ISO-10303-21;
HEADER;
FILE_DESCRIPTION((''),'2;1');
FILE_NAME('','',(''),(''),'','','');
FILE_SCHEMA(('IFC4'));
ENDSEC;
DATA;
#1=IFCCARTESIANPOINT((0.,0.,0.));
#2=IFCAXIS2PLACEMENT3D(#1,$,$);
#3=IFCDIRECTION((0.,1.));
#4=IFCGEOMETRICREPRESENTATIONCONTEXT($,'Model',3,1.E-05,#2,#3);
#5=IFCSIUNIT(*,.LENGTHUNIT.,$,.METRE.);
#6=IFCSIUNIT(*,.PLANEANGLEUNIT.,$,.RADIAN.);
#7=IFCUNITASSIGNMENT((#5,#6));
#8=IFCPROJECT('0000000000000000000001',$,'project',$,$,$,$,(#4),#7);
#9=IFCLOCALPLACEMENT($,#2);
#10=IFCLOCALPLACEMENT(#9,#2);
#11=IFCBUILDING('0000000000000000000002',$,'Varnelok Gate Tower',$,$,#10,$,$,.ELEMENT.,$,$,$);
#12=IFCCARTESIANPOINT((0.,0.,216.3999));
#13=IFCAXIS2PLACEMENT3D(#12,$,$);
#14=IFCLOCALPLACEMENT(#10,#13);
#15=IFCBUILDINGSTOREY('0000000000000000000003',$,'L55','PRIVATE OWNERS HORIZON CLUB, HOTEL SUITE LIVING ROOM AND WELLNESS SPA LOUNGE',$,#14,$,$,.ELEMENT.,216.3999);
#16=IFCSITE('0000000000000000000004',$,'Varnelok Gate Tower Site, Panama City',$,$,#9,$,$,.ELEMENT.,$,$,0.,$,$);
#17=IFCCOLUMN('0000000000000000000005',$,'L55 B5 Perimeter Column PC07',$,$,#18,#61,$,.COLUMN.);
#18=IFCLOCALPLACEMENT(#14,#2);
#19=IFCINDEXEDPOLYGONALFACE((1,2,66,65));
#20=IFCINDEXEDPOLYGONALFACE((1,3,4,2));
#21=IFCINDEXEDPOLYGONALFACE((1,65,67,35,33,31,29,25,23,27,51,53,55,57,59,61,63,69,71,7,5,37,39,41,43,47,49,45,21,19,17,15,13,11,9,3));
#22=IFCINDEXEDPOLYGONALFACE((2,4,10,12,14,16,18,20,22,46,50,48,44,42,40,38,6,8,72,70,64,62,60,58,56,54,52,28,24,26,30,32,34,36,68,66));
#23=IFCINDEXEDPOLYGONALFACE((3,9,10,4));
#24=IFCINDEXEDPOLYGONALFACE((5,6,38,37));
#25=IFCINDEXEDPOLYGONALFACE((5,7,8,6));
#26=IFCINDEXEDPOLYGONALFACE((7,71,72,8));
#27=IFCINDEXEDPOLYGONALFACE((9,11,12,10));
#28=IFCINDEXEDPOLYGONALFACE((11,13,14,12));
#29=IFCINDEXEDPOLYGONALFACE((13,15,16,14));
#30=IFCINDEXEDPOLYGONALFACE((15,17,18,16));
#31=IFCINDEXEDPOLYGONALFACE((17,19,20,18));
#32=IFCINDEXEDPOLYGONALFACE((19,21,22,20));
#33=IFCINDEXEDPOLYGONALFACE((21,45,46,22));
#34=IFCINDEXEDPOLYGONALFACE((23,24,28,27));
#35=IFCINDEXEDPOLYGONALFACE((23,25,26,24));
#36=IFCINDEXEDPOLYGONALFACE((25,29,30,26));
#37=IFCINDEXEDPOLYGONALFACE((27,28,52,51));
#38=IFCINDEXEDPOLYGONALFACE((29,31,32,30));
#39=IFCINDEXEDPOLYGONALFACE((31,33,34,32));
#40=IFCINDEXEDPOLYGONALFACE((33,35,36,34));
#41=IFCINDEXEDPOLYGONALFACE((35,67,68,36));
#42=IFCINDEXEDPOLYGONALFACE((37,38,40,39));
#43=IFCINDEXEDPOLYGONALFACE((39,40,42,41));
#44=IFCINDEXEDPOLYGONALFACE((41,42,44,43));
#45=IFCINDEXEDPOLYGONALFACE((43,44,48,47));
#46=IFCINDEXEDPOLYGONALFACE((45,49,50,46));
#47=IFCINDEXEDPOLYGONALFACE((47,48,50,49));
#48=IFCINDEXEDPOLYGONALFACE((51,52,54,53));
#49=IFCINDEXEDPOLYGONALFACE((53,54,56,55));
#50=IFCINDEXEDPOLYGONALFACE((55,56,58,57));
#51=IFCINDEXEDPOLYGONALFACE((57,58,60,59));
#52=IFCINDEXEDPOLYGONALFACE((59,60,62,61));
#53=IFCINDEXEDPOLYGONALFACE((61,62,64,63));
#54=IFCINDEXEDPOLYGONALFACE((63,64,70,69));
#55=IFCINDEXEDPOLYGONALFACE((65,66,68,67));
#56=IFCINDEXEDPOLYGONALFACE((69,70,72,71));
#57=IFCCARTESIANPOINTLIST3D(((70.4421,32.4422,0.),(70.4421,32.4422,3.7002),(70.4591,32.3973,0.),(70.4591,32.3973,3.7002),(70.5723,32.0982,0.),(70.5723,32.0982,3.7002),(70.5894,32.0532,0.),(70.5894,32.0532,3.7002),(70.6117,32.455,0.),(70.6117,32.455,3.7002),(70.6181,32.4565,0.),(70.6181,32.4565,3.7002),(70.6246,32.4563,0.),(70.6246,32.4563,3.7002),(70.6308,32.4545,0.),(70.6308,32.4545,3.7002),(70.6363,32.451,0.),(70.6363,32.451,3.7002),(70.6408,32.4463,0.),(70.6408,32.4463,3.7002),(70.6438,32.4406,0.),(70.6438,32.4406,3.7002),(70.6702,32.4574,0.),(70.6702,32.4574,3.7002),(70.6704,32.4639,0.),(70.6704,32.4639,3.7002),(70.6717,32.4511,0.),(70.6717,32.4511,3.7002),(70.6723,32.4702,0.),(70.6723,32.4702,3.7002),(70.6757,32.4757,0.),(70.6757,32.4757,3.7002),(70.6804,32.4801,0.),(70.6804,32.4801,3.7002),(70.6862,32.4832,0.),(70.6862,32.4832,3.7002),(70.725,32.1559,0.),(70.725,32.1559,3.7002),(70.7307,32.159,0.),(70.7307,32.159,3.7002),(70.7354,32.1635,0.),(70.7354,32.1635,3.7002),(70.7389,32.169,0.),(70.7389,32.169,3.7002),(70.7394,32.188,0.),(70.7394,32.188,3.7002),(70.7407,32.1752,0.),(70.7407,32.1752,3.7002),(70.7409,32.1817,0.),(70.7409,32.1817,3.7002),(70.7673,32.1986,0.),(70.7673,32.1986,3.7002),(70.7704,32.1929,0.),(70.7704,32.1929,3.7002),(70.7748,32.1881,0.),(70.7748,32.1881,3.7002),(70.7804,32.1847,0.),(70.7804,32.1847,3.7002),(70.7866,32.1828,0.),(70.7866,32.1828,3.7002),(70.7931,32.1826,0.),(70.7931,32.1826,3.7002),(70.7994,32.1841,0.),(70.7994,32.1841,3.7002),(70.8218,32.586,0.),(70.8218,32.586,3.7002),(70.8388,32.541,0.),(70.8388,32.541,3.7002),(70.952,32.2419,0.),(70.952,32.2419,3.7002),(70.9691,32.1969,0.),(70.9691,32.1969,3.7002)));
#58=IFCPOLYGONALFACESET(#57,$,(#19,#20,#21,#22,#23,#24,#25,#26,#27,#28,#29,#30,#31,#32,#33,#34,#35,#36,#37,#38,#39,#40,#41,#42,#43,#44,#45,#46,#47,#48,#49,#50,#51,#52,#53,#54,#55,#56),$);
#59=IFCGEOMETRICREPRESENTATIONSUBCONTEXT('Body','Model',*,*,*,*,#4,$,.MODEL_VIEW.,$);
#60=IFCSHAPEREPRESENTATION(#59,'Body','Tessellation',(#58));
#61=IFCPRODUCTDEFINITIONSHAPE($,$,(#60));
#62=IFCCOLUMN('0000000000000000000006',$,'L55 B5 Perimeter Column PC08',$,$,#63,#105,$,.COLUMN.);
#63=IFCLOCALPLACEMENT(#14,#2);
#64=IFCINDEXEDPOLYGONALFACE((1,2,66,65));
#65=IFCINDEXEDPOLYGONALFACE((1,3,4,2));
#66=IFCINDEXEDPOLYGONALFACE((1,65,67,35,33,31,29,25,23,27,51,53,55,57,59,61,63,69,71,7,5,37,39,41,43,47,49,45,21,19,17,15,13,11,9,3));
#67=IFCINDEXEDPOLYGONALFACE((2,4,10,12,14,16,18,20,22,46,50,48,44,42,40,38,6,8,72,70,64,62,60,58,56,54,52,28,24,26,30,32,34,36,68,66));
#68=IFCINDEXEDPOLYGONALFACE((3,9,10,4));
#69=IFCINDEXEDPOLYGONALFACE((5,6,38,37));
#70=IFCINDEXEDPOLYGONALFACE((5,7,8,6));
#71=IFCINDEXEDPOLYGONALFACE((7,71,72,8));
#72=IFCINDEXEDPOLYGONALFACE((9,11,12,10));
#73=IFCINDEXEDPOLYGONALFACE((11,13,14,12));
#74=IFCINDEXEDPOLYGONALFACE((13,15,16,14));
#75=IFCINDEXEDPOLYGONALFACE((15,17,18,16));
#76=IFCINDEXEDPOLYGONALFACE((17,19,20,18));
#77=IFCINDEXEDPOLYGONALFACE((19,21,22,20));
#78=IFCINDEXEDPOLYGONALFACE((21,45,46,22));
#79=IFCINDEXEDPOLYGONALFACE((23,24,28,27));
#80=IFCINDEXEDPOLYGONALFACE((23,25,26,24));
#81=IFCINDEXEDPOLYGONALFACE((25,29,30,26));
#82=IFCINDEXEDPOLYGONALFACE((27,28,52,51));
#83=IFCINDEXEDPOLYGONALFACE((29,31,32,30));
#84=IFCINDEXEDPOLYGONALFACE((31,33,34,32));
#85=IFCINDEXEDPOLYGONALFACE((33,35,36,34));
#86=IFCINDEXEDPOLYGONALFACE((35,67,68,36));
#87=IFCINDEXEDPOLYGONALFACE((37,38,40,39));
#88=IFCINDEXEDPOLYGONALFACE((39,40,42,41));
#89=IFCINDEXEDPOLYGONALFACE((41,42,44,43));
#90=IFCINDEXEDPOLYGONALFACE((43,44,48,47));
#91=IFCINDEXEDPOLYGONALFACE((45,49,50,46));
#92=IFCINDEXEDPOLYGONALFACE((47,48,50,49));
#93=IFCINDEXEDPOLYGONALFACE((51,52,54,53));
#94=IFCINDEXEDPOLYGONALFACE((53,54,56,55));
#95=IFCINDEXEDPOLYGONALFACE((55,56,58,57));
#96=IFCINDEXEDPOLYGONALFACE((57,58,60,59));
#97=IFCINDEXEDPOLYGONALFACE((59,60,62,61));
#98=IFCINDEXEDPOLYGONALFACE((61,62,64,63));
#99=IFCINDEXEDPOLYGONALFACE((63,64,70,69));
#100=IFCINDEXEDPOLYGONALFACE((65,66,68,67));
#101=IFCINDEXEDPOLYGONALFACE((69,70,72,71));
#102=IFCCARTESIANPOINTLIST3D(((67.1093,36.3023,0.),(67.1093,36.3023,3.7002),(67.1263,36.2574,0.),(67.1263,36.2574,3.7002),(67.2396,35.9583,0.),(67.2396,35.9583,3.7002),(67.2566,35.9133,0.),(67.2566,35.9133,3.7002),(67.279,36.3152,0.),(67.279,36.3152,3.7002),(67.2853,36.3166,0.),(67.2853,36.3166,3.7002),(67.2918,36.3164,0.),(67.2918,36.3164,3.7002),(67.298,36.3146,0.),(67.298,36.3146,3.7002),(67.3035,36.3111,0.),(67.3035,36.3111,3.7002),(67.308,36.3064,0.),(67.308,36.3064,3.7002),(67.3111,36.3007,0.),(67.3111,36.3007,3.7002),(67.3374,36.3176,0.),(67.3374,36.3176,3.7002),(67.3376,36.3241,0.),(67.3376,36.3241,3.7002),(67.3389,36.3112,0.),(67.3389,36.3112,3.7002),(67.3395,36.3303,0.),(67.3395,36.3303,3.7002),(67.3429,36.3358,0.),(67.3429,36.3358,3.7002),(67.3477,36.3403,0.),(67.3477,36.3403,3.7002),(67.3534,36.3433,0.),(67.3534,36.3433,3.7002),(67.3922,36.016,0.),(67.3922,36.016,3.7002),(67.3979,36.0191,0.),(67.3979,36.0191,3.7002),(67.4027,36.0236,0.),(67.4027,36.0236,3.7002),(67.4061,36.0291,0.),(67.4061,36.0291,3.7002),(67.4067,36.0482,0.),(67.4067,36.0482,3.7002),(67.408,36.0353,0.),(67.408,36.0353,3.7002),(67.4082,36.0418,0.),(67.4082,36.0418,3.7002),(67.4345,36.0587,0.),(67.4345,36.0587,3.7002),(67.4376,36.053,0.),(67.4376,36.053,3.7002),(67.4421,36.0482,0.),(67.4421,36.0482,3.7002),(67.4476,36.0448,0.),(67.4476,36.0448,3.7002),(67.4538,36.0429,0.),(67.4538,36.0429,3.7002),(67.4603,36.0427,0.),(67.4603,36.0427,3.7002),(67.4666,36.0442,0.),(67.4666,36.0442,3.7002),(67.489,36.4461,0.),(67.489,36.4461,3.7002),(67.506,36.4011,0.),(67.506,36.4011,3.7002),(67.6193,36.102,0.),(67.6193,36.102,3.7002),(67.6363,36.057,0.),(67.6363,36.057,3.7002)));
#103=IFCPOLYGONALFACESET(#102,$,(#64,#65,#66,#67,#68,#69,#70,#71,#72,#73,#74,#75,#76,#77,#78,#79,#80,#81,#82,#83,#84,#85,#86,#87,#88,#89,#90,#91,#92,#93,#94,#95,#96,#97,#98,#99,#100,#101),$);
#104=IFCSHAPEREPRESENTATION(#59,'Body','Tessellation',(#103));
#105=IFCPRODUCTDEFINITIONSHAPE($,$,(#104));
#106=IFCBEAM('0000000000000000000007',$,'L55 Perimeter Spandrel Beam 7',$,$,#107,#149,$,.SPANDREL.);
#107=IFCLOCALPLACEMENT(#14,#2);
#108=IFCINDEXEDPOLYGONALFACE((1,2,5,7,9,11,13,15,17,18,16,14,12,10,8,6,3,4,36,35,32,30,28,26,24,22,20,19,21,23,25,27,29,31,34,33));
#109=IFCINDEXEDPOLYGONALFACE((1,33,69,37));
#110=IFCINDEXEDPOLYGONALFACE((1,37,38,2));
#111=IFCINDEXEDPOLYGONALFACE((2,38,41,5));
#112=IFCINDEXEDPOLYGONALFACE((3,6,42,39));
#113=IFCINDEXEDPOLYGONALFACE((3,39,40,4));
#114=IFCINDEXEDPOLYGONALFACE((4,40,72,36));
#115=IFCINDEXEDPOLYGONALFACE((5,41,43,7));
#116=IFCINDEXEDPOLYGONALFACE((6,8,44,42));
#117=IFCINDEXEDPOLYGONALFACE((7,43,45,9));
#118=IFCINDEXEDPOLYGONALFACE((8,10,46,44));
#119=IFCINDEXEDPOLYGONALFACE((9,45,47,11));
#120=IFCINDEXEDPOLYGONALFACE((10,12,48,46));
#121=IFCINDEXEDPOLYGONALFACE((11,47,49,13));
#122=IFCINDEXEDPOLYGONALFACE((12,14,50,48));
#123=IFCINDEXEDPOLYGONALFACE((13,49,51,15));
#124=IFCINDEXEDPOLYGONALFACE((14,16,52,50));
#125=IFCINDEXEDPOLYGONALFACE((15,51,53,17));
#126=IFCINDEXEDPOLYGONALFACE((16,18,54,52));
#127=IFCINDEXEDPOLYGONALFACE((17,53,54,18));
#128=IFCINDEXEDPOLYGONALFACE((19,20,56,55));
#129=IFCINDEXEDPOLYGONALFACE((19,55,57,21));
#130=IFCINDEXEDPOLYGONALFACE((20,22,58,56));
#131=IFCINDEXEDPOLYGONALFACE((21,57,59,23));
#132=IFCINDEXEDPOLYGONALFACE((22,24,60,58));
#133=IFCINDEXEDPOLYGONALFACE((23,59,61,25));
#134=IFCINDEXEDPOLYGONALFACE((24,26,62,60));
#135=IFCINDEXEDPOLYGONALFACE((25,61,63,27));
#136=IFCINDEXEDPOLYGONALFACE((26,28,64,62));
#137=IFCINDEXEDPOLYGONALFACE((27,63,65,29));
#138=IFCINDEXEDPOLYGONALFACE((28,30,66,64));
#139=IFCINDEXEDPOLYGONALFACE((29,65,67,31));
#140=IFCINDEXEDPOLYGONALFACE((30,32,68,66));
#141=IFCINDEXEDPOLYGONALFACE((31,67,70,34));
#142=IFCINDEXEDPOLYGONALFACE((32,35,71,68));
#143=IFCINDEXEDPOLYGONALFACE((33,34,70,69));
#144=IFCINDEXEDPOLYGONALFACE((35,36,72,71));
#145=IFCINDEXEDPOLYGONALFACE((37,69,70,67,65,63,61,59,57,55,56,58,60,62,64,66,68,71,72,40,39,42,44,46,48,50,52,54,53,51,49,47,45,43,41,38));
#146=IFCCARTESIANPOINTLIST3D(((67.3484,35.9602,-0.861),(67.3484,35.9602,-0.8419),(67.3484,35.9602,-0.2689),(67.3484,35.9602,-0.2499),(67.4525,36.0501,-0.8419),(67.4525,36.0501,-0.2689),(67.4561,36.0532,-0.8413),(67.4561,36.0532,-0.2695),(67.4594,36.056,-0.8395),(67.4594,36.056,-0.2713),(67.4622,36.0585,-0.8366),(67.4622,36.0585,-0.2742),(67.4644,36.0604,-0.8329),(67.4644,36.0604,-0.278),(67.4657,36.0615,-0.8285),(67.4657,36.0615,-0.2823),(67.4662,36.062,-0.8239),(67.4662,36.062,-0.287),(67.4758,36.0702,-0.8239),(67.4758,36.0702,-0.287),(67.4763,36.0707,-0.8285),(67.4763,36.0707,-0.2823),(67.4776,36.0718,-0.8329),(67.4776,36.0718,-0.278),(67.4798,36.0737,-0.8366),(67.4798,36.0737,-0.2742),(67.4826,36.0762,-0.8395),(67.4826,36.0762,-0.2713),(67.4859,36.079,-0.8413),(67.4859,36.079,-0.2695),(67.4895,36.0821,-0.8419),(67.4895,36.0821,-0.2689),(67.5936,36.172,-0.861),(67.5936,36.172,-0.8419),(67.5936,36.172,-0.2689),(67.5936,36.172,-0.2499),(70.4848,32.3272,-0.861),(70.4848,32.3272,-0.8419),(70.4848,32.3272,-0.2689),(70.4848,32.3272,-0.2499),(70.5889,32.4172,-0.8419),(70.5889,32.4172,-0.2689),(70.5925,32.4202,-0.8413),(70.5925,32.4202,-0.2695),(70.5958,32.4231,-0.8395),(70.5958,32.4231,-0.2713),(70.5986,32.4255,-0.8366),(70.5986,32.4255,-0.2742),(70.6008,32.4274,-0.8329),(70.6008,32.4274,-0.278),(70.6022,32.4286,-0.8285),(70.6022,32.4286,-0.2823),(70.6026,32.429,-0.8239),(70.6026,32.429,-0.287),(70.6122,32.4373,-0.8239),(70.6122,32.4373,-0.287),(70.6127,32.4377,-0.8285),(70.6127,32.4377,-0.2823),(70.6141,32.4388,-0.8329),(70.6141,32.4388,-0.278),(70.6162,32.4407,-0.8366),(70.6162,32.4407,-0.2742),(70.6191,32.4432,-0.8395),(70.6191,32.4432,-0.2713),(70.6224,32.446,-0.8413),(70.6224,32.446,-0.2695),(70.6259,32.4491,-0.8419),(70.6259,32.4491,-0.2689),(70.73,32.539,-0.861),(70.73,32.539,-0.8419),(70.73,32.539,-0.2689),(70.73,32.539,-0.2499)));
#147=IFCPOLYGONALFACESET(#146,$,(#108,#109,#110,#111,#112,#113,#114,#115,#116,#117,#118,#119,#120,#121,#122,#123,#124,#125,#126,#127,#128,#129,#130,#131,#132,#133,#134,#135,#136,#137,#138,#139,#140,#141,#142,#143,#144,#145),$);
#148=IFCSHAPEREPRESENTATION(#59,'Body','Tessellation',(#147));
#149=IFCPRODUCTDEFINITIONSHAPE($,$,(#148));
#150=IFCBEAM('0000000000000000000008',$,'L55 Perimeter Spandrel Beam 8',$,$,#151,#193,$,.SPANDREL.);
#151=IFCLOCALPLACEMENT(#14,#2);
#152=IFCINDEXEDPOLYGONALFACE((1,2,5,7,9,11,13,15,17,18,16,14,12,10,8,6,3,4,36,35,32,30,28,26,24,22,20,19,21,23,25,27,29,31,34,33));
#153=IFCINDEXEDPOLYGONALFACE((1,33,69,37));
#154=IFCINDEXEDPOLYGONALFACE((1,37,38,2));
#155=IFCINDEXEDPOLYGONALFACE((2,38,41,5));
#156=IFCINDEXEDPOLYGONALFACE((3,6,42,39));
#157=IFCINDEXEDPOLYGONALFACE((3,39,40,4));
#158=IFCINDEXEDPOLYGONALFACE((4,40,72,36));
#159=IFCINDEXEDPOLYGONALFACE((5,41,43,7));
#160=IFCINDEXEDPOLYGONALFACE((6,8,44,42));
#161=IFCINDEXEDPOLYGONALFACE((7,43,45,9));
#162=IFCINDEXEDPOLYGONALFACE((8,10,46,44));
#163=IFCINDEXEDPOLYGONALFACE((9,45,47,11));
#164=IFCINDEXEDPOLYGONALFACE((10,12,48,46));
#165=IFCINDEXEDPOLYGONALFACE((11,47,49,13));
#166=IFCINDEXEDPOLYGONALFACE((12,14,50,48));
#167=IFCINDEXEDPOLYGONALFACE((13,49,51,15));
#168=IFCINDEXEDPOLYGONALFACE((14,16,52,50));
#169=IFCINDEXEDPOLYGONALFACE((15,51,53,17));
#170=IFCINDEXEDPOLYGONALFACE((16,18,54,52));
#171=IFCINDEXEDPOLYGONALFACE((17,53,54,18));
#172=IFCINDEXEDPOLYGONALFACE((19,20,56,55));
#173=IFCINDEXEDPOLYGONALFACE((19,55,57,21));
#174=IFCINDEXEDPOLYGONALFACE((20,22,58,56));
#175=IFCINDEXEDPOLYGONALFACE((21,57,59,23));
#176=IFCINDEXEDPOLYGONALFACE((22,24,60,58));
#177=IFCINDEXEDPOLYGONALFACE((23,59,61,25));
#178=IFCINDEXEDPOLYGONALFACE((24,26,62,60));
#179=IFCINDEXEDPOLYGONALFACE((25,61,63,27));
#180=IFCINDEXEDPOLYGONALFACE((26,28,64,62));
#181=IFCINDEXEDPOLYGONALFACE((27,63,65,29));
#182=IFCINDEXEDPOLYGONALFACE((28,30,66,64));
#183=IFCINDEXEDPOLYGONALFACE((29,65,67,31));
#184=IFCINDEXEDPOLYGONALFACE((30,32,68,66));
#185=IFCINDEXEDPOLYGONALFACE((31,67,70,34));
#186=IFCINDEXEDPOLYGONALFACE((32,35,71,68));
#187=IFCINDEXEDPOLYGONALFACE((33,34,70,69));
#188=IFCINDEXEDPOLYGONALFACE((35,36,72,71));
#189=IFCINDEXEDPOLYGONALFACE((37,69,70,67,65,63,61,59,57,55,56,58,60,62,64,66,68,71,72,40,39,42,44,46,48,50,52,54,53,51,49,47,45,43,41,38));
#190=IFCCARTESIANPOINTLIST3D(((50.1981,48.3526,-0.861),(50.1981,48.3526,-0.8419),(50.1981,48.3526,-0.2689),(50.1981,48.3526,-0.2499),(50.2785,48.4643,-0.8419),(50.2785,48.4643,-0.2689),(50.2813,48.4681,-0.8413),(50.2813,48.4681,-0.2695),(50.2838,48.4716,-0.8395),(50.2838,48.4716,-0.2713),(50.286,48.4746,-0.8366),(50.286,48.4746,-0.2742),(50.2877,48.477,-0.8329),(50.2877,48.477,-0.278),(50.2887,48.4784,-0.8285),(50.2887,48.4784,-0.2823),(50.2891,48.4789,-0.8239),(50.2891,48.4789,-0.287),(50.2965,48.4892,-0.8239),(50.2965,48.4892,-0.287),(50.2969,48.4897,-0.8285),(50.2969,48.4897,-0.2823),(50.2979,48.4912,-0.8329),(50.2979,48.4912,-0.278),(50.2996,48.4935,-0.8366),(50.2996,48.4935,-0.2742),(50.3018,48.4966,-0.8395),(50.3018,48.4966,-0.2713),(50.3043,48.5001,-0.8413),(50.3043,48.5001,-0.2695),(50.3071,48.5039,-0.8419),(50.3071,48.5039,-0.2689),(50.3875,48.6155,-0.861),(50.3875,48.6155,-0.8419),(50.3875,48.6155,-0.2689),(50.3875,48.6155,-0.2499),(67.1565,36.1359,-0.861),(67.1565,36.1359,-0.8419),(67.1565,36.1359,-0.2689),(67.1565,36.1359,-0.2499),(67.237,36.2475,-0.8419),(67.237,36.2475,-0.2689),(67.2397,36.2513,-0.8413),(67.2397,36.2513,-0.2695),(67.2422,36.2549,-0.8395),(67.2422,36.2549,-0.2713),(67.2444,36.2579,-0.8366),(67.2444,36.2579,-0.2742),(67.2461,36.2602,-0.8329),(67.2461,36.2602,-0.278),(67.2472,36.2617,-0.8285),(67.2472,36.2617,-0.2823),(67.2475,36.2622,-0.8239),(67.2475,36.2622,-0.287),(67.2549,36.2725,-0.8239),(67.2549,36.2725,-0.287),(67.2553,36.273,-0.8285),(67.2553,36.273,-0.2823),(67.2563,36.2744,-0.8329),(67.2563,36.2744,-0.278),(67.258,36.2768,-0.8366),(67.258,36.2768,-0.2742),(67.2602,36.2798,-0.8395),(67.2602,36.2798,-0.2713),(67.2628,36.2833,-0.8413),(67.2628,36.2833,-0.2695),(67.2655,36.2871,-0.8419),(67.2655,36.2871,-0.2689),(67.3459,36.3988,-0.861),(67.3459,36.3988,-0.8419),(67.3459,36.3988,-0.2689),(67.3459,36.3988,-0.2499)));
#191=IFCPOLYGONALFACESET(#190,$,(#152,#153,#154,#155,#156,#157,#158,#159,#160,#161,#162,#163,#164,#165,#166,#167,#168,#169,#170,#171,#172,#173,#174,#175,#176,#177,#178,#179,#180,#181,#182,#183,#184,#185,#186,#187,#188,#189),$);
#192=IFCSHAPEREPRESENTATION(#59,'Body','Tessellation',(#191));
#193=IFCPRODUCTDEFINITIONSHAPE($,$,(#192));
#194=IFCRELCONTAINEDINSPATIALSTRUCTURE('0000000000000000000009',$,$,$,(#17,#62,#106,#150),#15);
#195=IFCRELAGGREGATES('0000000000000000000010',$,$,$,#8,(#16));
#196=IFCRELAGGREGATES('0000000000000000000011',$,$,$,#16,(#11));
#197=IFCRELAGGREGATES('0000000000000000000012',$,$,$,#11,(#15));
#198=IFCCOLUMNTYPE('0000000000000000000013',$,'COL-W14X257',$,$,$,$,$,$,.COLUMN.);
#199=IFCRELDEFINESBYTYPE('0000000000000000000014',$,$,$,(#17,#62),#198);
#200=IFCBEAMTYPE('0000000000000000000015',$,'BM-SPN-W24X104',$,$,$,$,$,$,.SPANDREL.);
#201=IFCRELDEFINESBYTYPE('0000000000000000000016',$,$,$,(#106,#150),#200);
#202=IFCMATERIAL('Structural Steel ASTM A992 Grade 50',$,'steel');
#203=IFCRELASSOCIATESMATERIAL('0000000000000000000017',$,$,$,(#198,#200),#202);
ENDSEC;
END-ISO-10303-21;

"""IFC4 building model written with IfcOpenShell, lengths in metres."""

from ifc_helpers import new_model, si_unit, direction, frame, origin, origin_2d, place, context, subcontext, project, spatial, i_section, extrude, material, material_profile, profile_set, type_object, element, save


model = new_model("IFC4")

# Units and contexts
model_context = context("Model", 3, precision=1e-05, world=origin(), true_north=direction((0.0, 1.0)))
body_context = subcontext(model_context, "Body", "Model", "MODEL_VIEW")
ifc_project = project(units=[si_unit("LENGTHUNIT", "METRE"), si_unit("PLANEANGLEUNIT", "RADIAN")], contexts=[model_context])

# Site, building, storey
site_placement = place(None, origin())
site = spatial("IfcSite", under=ifc_project, at=site_placement, Name="Varnelok Gate Tower Site, Panama City", CompositionType="ELEMENT", RefElevation=0.0)
building_placement = place(site_placement, origin())
building = spatial("IfcBuilding", under=site, at=building_placement, Name="Varnelok Gate Tower", CompositionType="ELEMENT")
storey_placement = place(building_placement, frame((0.0, 0.0, 216.3999)))
storey = spatial("IfcBuildingStorey", under=building, at=storey_placement, Name="L55", Description="PRIVATE OWNERS HORIZON CLUB, HOTEL SUITE LIVING ROOM AND WELLNESS SPA LOUNGE", CompositionType="ELEMENT", Elevation=216.3999)

# Columns
ifc_material_1 = material(Name="Structural Steel ASTM A992 Grade 50", Category="steel")
ifc_material_profile_1 = material_profile(ifc_material_1, i_section(OverallWidth=0.406, OverallDepth=0.416, WebThickness=0.0298, FlangeThickness=0.0481, FilletRadius=0.0249, at=origin_2d()), Name="W14X257")
ifc_profile_set_1 = profile_set([ifc_material_profile_1], Name="Structural Steel ASTM A992 Grade 50")
column_type = type_object("IfcColumnType", Name="COL-W14X257", PredefinedType="COLUMN", material=ifc_profile_set_1)
for number, where, z_axis, x_axis, name in (
    (1, (70.7056, 32.3196, 0.0), (0.0, 0.0, 1.0), (0.935222, 0.354063, 0.0), "L55 B5 Perimeter Column PC07"),
    (2, (67.3728, 36.1797, 0.0), (0.0, 0.0, 1.0), (0.935222, 0.354063, 0.0), "L55 B5 Perimeter Column PC08"),
):
    element("IfcColumn", number, at=place(storey_placement, frame(where, z_axis=z_axis, x_axis=x_axis)), inside=storey, type_object=column_type, Name=name, PredefinedType="COLUMN", context=body_context, shape_type="SweptSolid", body=[
        extrude(i_section(OverallWidth=0.406, OverallDepth=0.416, WebThickness=0.0298, FlangeThickness=0.0481, FilletRadius=0.0249, at=origin_2d()), origin(), (0.0, 0.0, 1.0), 3.7002),
    ])

# Beams
ifc_material_profile_2 = material_profile(ifc_material_1, i_section(OverallWidth=0.324, OverallDepth=0.6111, WebThickness=0.0127, FlangeThickness=0.019, FilletRadius=0.0181, at=origin_2d()), Name="W24X104")
ifc_profile_set_2 = profile_set([ifc_material_profile_2], Name="Structural Steel ASTM A992 Grade 50")
beam_type = type_object("IfcBeamType", Name="BM-SPN-W24X104", PredefinedType="SPANDREL", material=ifc_profile_set_2)
beam_1_placement = place(storey_placement, frame((70.6074, 32.4331, -0.5554), z_axis=(-0.653481, 0.756943, 0.0), x_axis=(-0.756943, -0.653481, 0.0)))
element("IfcBeam", 3, at=beam_1_placement, inside=storey, type_object=beam_type, Name="L55 Perimeter Spandrel Beam 7", PredefinedType="SPANDREL", context=body_context, shape_type="SweptSolid", body=[
    extrude(i_section(OverallWidth=0.324, OverallDepth=0.6111, WebThickness=0.0127, FlangeThickness=0.019, FilletRadius=0.0181, at=origin_2d()), origin(), (0.0, 0.0, 1.0), 4.7996),
])
beam_2_placement = place(storey_placement, frame((67.2512, 36.2673, -0.5554), z_axis=(-0.811383, 0.584515, 0.0), x_axis=(-0.584515, -0.811383, 0.0)))
element("IfcBeam", 4, at=beam_2_placement, inside=storey, type_object=beam_type, Name="L55 Perimeter Spandrel Beam 8", PredefinedType="SPANDREL", context=body_context, shape_type="SweptSolid", body=[
    extrude(i_section(OverallWidth=0.324, OverallDepth=0.6111, WebThickness=0.0127, FlangeThickness=0.019, FilletRadius=0.0181, at=origin_2d()), origin(), (0.0, 0.0, 1.0), 20.9006),
])

save(model, "model.ifc")
